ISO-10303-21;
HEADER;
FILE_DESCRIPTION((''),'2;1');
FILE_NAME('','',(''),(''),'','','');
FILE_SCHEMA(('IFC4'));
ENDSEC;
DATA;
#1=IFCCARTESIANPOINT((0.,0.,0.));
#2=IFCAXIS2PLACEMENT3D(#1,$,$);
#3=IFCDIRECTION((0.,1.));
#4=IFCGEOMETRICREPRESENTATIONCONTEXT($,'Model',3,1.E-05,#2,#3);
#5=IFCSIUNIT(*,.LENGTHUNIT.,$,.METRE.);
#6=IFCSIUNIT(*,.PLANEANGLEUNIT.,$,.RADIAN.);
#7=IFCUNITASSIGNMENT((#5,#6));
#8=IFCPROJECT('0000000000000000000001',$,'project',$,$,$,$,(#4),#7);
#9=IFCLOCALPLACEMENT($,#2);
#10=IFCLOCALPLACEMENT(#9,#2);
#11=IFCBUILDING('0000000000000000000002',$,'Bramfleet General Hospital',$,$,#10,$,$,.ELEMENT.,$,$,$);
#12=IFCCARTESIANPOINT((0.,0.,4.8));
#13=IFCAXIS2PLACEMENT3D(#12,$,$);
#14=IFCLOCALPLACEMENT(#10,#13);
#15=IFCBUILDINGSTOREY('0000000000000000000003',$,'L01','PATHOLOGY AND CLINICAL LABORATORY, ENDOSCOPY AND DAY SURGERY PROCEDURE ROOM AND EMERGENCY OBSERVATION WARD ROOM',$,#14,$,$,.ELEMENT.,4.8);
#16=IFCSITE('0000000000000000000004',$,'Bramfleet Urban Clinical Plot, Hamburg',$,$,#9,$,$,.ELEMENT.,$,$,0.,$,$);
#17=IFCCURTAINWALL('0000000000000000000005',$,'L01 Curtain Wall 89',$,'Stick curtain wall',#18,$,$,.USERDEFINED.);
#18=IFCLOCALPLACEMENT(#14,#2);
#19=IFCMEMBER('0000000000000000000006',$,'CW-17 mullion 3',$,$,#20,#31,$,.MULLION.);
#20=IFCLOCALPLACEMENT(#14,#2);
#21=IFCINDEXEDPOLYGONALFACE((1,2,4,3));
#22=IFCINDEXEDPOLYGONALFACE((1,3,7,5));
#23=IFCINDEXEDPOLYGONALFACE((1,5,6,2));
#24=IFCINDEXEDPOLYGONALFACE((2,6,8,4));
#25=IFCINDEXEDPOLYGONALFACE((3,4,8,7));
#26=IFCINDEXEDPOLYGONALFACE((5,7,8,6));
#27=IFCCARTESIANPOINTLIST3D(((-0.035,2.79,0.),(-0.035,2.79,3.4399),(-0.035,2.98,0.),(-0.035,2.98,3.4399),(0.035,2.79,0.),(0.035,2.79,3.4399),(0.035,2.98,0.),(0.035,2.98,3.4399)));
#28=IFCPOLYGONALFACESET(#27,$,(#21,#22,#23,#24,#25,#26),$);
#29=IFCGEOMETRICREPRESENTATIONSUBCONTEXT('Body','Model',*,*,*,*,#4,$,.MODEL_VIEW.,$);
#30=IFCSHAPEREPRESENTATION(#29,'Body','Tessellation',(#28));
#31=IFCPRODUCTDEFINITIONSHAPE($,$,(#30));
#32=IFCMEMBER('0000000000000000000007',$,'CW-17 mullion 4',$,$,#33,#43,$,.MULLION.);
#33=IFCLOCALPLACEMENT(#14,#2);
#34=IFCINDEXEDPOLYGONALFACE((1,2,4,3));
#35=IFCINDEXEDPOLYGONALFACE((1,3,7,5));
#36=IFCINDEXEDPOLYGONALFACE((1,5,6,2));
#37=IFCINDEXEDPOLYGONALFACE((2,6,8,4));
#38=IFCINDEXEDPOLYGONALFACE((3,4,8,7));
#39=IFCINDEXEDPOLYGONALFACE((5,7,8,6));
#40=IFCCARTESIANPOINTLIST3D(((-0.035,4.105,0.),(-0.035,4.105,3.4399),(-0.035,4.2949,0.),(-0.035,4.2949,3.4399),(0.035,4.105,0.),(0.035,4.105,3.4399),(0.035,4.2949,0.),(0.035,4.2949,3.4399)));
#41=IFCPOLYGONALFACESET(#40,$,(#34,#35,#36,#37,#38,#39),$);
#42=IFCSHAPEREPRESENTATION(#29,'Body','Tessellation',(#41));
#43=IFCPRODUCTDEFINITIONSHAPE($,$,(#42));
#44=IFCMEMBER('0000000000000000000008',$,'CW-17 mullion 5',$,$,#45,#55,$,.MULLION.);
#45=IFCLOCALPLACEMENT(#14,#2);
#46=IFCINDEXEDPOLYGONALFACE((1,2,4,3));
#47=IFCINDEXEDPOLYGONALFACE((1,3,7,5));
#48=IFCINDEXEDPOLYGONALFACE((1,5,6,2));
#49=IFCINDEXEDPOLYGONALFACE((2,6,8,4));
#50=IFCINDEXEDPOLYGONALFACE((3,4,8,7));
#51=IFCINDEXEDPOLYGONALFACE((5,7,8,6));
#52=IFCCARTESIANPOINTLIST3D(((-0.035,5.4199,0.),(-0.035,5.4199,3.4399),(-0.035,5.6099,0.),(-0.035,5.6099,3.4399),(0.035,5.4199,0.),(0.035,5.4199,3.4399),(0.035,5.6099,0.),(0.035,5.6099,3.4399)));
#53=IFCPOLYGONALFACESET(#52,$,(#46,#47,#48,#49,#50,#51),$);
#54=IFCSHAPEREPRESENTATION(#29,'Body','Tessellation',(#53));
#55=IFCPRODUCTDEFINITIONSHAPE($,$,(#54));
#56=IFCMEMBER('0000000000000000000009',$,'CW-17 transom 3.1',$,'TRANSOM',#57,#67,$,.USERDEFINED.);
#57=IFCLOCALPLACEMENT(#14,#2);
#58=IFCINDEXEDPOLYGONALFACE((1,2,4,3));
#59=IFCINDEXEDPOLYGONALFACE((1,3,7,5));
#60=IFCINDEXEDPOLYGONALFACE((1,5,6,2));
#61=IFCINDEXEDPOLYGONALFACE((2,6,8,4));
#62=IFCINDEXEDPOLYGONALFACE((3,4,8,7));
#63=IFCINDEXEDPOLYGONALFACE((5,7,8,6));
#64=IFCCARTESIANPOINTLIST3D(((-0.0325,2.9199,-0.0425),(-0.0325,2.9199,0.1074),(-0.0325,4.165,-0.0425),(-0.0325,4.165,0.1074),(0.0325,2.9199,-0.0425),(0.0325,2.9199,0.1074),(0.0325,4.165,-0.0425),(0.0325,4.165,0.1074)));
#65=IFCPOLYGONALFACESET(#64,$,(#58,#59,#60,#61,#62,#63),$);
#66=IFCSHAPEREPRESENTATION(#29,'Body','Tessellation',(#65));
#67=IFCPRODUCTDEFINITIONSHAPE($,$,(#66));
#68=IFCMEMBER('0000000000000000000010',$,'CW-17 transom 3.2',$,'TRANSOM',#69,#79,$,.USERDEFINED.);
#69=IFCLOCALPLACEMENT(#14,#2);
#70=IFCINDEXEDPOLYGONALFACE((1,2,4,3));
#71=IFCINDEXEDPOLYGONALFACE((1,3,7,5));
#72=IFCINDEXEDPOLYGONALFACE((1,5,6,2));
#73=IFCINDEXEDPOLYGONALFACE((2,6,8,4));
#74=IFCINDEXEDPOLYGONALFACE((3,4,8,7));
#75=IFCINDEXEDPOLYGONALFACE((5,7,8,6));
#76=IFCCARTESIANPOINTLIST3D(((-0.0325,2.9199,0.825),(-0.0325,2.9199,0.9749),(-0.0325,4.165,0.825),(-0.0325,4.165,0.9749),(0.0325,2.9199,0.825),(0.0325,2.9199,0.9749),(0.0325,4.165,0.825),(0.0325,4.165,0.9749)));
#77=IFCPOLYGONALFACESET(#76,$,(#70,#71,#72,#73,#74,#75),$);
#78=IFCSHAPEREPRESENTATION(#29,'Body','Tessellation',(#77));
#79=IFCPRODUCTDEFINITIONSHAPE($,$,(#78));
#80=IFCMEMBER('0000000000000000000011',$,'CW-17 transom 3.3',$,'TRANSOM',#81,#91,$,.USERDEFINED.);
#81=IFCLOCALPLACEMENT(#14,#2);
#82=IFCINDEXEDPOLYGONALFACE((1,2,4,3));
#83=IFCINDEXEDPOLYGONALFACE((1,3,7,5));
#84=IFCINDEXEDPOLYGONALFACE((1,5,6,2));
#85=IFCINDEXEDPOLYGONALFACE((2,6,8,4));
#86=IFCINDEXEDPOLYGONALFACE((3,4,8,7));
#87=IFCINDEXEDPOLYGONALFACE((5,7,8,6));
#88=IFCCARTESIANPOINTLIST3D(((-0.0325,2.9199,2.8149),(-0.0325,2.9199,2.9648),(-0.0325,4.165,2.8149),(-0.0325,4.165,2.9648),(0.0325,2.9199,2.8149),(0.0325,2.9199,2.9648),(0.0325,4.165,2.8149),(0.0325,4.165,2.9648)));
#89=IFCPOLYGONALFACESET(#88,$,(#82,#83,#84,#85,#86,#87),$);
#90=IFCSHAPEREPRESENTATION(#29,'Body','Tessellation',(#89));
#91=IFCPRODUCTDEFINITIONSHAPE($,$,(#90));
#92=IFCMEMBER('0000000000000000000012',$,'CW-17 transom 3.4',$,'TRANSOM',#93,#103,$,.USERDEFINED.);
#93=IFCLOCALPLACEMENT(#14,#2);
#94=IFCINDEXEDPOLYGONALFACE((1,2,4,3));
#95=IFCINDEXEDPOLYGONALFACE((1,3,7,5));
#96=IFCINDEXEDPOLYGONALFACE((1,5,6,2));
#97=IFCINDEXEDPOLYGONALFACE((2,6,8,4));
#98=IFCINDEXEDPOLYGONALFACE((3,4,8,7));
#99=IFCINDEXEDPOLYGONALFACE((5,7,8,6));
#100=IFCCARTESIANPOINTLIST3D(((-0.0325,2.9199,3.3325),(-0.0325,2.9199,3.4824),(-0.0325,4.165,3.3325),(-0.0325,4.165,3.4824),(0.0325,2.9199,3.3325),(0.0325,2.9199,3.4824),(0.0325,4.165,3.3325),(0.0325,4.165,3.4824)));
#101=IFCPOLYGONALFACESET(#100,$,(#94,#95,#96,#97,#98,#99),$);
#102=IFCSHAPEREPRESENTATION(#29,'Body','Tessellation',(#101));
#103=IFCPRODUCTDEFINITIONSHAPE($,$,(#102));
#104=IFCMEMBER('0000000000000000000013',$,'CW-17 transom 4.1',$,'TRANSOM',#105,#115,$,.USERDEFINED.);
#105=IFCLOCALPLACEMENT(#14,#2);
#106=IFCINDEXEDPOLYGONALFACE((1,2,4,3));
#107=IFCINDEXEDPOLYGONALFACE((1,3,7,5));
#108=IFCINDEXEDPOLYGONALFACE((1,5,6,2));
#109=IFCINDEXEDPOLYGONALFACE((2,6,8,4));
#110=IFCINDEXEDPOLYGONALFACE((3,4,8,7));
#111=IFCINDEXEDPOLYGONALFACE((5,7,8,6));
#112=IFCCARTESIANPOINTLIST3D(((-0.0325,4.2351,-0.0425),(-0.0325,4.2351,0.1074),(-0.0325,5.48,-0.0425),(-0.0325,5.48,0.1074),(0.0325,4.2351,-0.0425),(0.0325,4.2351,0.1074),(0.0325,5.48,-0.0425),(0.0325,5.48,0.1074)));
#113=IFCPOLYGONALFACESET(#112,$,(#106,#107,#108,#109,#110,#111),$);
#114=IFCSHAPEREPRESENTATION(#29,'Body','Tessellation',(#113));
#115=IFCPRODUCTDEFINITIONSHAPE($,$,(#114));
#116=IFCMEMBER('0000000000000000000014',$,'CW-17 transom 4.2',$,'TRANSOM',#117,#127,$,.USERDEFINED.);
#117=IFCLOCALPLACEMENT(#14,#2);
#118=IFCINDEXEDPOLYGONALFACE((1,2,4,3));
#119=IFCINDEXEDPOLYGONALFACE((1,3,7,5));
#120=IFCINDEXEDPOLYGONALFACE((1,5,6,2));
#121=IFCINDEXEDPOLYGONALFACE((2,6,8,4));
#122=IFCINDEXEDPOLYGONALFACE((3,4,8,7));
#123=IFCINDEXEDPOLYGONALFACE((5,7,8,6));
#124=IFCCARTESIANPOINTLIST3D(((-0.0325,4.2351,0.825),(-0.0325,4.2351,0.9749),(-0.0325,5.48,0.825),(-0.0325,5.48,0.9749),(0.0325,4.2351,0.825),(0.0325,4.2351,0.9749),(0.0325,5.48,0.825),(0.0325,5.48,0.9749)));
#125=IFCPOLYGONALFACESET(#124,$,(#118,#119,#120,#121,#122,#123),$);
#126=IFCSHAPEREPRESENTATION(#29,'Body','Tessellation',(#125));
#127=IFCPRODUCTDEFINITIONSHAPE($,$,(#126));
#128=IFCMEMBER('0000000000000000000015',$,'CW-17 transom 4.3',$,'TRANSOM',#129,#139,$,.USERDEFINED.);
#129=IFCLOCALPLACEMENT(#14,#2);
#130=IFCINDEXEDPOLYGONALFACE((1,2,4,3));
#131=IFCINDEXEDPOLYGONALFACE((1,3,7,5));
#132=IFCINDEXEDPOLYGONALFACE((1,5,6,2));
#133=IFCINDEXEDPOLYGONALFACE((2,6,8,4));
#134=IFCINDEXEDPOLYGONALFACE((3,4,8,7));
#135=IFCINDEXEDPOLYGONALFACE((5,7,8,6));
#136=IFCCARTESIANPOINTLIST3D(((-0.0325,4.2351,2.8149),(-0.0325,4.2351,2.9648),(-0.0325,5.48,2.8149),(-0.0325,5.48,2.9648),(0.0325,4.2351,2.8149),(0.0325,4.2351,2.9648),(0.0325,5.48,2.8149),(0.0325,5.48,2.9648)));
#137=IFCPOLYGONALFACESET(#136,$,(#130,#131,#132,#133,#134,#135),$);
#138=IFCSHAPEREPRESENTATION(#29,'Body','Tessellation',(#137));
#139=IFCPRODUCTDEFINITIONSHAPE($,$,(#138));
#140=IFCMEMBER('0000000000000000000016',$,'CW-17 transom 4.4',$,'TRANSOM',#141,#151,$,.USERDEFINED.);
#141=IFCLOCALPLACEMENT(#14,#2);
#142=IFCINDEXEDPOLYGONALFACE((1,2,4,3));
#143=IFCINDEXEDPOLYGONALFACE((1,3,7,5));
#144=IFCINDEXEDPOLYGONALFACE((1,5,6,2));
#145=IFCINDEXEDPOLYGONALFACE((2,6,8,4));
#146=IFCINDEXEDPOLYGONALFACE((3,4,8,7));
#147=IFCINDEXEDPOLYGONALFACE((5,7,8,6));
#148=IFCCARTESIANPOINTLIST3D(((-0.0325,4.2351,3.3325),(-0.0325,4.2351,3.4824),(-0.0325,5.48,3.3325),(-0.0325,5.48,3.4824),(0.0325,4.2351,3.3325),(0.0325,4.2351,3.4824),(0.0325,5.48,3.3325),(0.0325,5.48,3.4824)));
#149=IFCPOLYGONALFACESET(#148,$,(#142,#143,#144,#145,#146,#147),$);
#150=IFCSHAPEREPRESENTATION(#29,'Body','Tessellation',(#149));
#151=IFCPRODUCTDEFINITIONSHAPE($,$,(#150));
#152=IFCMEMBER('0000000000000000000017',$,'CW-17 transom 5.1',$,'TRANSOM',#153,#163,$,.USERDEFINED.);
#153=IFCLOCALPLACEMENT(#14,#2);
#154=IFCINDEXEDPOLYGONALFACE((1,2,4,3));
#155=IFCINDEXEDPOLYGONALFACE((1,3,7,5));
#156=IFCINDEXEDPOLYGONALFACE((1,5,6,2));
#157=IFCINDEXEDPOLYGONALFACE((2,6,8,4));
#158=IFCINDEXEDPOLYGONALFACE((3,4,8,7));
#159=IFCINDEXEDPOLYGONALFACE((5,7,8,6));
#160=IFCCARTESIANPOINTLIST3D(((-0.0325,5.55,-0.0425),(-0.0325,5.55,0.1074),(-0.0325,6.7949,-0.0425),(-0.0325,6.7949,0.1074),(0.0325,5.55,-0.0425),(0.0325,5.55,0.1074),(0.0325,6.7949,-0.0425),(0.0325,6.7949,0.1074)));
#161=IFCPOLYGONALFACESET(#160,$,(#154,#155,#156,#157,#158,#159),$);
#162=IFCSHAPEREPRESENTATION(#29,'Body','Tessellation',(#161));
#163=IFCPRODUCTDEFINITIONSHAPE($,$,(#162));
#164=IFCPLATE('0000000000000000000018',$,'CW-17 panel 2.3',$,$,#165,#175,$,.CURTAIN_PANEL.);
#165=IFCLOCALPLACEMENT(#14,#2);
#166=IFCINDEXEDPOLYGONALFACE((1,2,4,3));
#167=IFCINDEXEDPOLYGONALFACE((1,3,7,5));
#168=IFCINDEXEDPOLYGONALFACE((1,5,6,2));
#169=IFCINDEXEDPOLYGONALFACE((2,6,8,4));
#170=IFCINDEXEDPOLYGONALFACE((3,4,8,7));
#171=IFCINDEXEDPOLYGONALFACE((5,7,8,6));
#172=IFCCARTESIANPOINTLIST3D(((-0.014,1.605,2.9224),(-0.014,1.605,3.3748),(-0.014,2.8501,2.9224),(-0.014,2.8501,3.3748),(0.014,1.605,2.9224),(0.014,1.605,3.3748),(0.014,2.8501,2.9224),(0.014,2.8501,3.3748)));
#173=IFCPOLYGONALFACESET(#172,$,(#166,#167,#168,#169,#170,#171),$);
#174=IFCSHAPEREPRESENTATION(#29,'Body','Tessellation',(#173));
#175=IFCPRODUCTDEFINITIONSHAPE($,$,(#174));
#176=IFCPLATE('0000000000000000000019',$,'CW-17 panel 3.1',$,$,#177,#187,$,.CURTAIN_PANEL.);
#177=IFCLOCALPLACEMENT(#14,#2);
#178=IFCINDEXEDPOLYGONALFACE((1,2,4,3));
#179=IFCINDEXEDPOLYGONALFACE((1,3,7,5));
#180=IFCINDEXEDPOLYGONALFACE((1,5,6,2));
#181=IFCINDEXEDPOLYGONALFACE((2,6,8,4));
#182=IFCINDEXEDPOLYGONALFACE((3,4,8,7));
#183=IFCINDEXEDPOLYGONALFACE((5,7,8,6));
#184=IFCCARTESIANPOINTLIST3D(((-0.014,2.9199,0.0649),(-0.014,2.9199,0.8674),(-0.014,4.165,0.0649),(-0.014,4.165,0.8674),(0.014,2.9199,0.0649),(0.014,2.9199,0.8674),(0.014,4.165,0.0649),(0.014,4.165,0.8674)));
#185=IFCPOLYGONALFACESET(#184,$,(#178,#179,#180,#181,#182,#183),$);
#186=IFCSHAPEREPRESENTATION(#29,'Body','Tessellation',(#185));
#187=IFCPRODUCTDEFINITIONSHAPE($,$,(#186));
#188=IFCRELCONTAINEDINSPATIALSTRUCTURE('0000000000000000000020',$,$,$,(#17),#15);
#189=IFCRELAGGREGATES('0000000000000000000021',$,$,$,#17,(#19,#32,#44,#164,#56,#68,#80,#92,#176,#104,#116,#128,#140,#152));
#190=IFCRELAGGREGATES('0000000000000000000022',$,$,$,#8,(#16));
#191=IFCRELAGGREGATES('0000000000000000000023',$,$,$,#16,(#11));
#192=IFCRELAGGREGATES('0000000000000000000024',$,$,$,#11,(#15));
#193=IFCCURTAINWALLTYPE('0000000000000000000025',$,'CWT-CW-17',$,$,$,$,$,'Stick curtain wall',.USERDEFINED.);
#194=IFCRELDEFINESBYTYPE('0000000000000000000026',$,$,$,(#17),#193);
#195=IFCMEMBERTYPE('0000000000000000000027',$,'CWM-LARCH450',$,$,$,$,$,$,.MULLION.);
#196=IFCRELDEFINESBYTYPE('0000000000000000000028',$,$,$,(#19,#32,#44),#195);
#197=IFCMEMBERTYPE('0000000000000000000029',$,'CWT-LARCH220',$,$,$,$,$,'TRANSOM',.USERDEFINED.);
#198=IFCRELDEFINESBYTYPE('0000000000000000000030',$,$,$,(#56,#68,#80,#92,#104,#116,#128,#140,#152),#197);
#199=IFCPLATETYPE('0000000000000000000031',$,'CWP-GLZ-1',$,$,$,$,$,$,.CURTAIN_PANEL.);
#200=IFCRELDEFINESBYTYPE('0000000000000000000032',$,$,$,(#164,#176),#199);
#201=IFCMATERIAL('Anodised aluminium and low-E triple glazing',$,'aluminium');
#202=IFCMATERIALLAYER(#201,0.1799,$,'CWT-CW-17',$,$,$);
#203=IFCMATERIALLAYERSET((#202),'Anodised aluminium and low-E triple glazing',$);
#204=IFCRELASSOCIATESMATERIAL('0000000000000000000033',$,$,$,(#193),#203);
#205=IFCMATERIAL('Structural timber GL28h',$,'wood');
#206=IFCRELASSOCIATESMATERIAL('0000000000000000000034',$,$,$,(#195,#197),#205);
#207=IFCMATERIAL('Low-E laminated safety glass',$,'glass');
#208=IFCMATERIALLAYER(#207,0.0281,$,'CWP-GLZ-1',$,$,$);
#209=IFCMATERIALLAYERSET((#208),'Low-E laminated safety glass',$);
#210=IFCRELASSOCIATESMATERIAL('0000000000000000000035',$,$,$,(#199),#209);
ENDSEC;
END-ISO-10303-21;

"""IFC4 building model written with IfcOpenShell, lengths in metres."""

from ifc_helpers import new_model, si_unit, direction, frame, origin, origin_2d, place, context, subcontext, project, spatial, rectangle, extrude, material, layer, layer_set, material_profile, profile_set, type_object, element, aggregate, save


model = new_model("IFC4")

# Units and contexts
model_context = context("Model", 3, precision=1e-05, world=origin(), true_north=direction((0.0, 1.0)))
body_context = subcontext(model_context, "Body", "Model", "MODEL_VIEW")
ifc_project = project(units=[si_unit("LENGTHUNIT", "METRE"), si_unit("PLANEANGLEUNIT", "RADIAN")], contexts=[model_context])

# Site, building, storey
site_placement = place(None, origin())
site = spatial("IfcSite", under=ifc_project, at=site_placement, Name="Bramfleet Urban Clinical Plot, Hamburg", CompositionType="ELEMENT", RefElevation=0.0)
building_placement = place(site_placement, origin())
building = spatial("IfcBuilding", under=site, at=building_placement, Name="Bramfleet General Hospital", CompositionType="ELEMENT")
storey_placement = place(building_placement, frame((0.0, 0.0, 4.8)))
storey = spatial("IfcBuildingStorey", under=building, at=storey_placement, Name="L01", Description="PATHOLOGY AND CLINICAL LABORATORY, ENDOSCOPY AND DAY SURGERY PROCEDURE ROOM AND EMERGENCY OBSERVATION WARD ROOM", CompositionType="ELEMENT", Elevation=4.8)

# Curtain wall, members, plates
ifc_material_1 = material(Name="Anodised aluminium and low-E triple glazing", Category="aluminium")
ifc_layer_1 = layer(ifc_material_1, 0.1799, Name="CWT-CW-17")
ifc_layer_set_1 = layer_set([ifc_layer_1], Name="Anodised aluminium and low-E triple glazing")
curtain_wall_type = type_object("IfcCurtainWallType", Name="CWT-CW-17", ElementType="Stick curtain wall", PredefinedType="USERDEFINED", material=ifc_layer_set_1)
curtain_wall_placement = place(storey_placement, origin())
curtain_wall = element("IfcCurtainWall", 1, at=curtain_wall_placement, inside=storey, type_object=curtain_wall_type, Name="L01 Curtain Wall 89", ObjectType="Stick curtain wall", PredefinedType="USERDEFINED")
ifc_material_2 = material(Name="Structural timber GL28h", Category="wood")
ifc_material_profile_1 = material_profile(ifc_material_2, rectangle(XDim=0.0701, YDim=0.1899, at=origin_2d()), Name="LARCH 190x70")
ifc_profile_set_1 = profile_set([ifc_material_profile_1], Name="Structural timber GL28h")
member_type_1 = type_object("IfcMemberType", Name="CWM-LARCH450", PredefinedType="MULLION", material=ifc_profile_set_1)
member_1_placement = place(storey_placement, frame((0.0, 2.885, 0.0), z_axis=(0.0, 0.0, 1.0), x_axis=(-1.0, 0.0, 0.0)))
member_1 = element("IfcMember", 2, at=member_1_placement, type_object=member_type_1, Name="CW-17 mullion 3", PredefinedType="MULLION", context=body_context, shape_type="SweptSolid", body=[
    extrude(rectangle(XDim=0.0701, YDim=0.1899, at=origin_2d()), origin(), (0.0, 0.0, 1.0), 3.4399),
])
member_2_placement = place(storey_placement, frame((0.0, 4.2, 0.0), z_axis=(0.0, 0.0, 1.0), x_axis=(-1.0, 0.0, 0.0)))
member_2 = element("IfcMember", 3, at=member_2_placement, type_object=member_type_1, Name="CW-17 mullion 4", PredefinedType="MULLION", context=body_context, shape_type="SweptSolid", body=[
    extrude(rectangle(XDim=0.0701, YDim=0.1899, at=origin_2d()), origin(), (0.0, 0.0, 1.0), 3.4399),
])
member_3_placement = place(storey_placement, frame((0.0, 5.5149, 0.0), z_axis=(0.0, 0.0, 1.0), x_axis=(-1.0, 0.0, 0.0)))
member_3 = element("IfcMember", 4, at=member_3_placement, type_object=member_type_1, Name="CW-17 mullion 5", PredefinedType="MULLION", context=body_context, shape_type="SweptSolid", body=[
    extrude(rectangle(XDim=0.0701, YDim=0.1899, at=origin_2d()), origin(), (0.0, 0.0, 1.0), 3.4399),
])
ifc_material_profile_2 = material_profile(ifc_material_2, rectangle(XDim=0.0649, YDim=0.1499, at=origin_2d()), Name="LARCH 150x65")
ifc_profile_set_2 = profile_set([ifc_material_profile_2], Name="Structural timber GL28h")
member_type_2 = type_object("IfcMemberType", Name="CWT-LARCH220", ElementType="TRANSOM", PredefinedType="USERDEFINED", material=ifc_profile_set_2)
member_4_placement = place(storey_placement, frame((0.0, 2.9199, 0.0325), z_axis=(0.0, 1.0, 0.0), x_axis=(-1.0, 0.0, 0.0)))
member_4 = element("IfcMember", 5, at=member_4_placement, type_object=member_type_2, Name="CW-17 transom 3.1", ObjectType="TRANSOM", PredefinedType="USERDEFINED", context=body_context, shape_type="SweptSolid", body=[
    extrude(rectangle(XDim=0.0649, YDim=0.1499, at=origin_2d()), origin(), (0.0, 0.0, 1.0), 1.2451),
])
member_5_placement = place(storey_placement, frame((0.0, 2.9199, 0.8999), z_axis=(0.0, 1.0, 0.0), x_axis=(-1.0, 0.0, 0.0)))
member_5 = element("IfcMember", 6, at=member_5_placement, type_object=member_type_2, Name="CW-17 transom 3.2", ObjectType="TRANSOM", PredefinedType="USERDEFINED", context=body_context, shape_type="SweptSolid", body=[
    extrude(rectangle(XDim=0.0649, YDim=0.1499, at=origin_2d()), origin(), (0.0, 0.0, 1.0), 1.2451),
])
member_6_placement = place(storey_placement, frame((0.0, 2.9199, 2.8899), z_axis=(0.0, 1.0, 0.0), x_axis=(-1.0, 0.0, 0.0)))
member_6 = element("IfcMember", 7, at=member_6_placement, type_object=member_type_2, Name="CW-17 transom 3.3", ObjectType="TRANSOM", PredefinedType="USERDEFINED", context=body_context, shape_type="SweptSolid", body=[
    extrude(rectangle(XDim=0.0649, YDim=0.1499, at=origin_2d()), origin(), (0.0, 0.0, 1.0), 1.2451),
])
member_7_placement = place(storey_placement, frame((0.0, 2.9199, 3.4075), z_axis=(0.0, 1.0, 0.0), x_axis=(-1.0, 0.0, 0.0)))
member_7 = element("IfcMember", 8, at=member_7_placement, type_object=member_type_2, Name="CW-17 transom 3.4", ObjectType="TRANSOM", PredefinedType="USERDEFINED", context=body_context, shape_type="SweptSolid", body=[
    extrude(rectangle(XDim=0.0649, YDim=0.1499, at=origin_2d()), origin(), (0.0, 0.0, 1.0), 1.2451),
])
member_8_placement = place(storey_placement, frame((0.0, 4.2351, 0.0325), z_axis=(0.0, 1.0, 0.0), x_axis=(-1.0, 0.0, 0.0)))
member_8 = element("IfcMember", 9, at=member_8_placement, type_object=member_type_2, Name="CW-17 transom 4.1", ObjectType="TRANSOM", PredefinedType="USERDEFINED", context=body_context, shape_type="SweptSolid", body=[
    extrude(rectangle(XDim=0.0649, YDim=0.1499, at=origin_2d()), origin(), (0.0, 0.0, 1.0), 1.2449),
])
member_9_placement = place(storey_placement, frame((0.0, 4.2351, 0.8999), z_axis=(0.0, 1.0, 0.0), x_axis=(-1.0, 0.0, 0.0)))
member_9 = element("IfcMember", 10, at=member_9_placement, type_object=member_type_2, Name="CW-17 transom 4.2", ObjectType="TRANSOM", PredefinedType="USERDEFINED", context=body_context, shape_type="SweptSolid", body=[
    extrude(rectangle(XDim=0.0649, YDim=0.1499, at=origin_2d()), origin(), (0.0, 0.0, 1.0), 1.2449),
])
member_10_placement = place(storey_placement, frame((0.0, 4.2351, 2.8899), z_axis=(0.0, 1.0, 0.0), x_axis=(-1.0, 0.0, 0.0)))
member_10 = element("IfcMember", 11, at=member_10_placement, type_object=member_type_2, Name="CW-17 transom 4.3", ObjectType="TRANSOM", PredefinedType="USERDEFINED", context=body_context, shape_type="SweptSolid", body=[
    extrude(rectangle(XDim=0.0649, YDim=0.1499, at=origin_2d()), origin(), (0.0, 0.0, 1.0), 1.2449),
])
member_11_placement = place(storey_placement, frame((0.0, 4.2351, 3.4075), z_axis=(0.0, 1.0, 0.0), x_axis=(-1.0, 0.0, 0.0)))
member_11 = element("IfcMember", 12, at=member_11_placement, type_object=member_type_2, Name="CW-17 transom 4.4", ObjectType="TRANSOM", PredefinedType="USERDEFINED", context=body_context, shape_type="SweptSolid", body=[
    extrude(rectangle(XDim=0.0649, YDim=0.1499, at=origin_2d()), origin(), (0.0, 0.0, 1.0), 1.2449),
])
member_12_placement = place(storey_placement, frame((0.0, 5.55, 0.0325), z_axis=(0.0, 1.0, 0.0), x_axis=(-1.0, 0.0, 0.0)))
member_12 = element("IfcMember", 13, at=member_12_placement, type_object=member_type_2, Name="CW-17 transom 5.1", ObjectType="TRANSOM", PredefinedType="USERDEFINED", context=body_context, shape_type="SweptSolid", body=[
    extrude(rectangle(XDim=0.0649, YDim=0.1499, at=origin_2d()), origin(), (0.0, 0.0, 1.0), 1.2449),
])
ifc_material_3 = material(Name="Low-E laminated safety glass", Category="glass")
ifc_layer_2 = layer(ifc_material_3, 0.0281, Name="CWP-GLZ-1")
ifc_layer_set_2 = layer_set([ifc_layer_2], Name="Low-E laminated safety glass")
plate_type = type_object("IfcPlateType", Name="CWP-GLZ-1", PredefinedType="CURTAIN_PANEL", material=ifc_layer_set_2)
plate_1_placement = place(storey_placement, frame((0.0, 2.2275, 2.9224), z_axis=(0.0, 0.0, 1.0), x_axis=(0.0, 1.0, 0.0)))
plate_1 = element("IfcPlate", 14, at=plate_1_placement, type_object=plate_type, Name="CW-17 panel 2.3", PredefinedType="CURTAIN_PANEL", context=body_context, shape_type="SweptSolid", body=[
    extrude(rectangle(XDim=1.2451, YDim=0.0281, at=origin_2d()), origin(), (0.0, 0.0, 1.0), 0.4524),
])
plate_2_placement = place(storey_placement, frame((0.0, 3.5425, 0.0649), z_axis=(0.0, 0.0, 1.0), x_axis=(0.0, 1.0, 0.0)))
plate_2 = element("IfcPlate", 15, at=plate_2_placement, type_object=plate_type, Name="CW-17 panel 3.1", PredefinedType="CURTAIN_PANEL", context=body_context, shape_type="SweptSolid", body=[
    extrude(rectangle(XDim=1.2451, YDim=0.0281, at=origin_2d()), origin(), (0.0, 0.0, 1.0), 0.8025),
])
aggregate(curtain_wall, [member_1, member_2, member_3, plate_1, member_4, member_5, member_6, member_7, plate_2, member_8, member_9, member_10, member_11, member_12])

save(model, "model.ifc")
